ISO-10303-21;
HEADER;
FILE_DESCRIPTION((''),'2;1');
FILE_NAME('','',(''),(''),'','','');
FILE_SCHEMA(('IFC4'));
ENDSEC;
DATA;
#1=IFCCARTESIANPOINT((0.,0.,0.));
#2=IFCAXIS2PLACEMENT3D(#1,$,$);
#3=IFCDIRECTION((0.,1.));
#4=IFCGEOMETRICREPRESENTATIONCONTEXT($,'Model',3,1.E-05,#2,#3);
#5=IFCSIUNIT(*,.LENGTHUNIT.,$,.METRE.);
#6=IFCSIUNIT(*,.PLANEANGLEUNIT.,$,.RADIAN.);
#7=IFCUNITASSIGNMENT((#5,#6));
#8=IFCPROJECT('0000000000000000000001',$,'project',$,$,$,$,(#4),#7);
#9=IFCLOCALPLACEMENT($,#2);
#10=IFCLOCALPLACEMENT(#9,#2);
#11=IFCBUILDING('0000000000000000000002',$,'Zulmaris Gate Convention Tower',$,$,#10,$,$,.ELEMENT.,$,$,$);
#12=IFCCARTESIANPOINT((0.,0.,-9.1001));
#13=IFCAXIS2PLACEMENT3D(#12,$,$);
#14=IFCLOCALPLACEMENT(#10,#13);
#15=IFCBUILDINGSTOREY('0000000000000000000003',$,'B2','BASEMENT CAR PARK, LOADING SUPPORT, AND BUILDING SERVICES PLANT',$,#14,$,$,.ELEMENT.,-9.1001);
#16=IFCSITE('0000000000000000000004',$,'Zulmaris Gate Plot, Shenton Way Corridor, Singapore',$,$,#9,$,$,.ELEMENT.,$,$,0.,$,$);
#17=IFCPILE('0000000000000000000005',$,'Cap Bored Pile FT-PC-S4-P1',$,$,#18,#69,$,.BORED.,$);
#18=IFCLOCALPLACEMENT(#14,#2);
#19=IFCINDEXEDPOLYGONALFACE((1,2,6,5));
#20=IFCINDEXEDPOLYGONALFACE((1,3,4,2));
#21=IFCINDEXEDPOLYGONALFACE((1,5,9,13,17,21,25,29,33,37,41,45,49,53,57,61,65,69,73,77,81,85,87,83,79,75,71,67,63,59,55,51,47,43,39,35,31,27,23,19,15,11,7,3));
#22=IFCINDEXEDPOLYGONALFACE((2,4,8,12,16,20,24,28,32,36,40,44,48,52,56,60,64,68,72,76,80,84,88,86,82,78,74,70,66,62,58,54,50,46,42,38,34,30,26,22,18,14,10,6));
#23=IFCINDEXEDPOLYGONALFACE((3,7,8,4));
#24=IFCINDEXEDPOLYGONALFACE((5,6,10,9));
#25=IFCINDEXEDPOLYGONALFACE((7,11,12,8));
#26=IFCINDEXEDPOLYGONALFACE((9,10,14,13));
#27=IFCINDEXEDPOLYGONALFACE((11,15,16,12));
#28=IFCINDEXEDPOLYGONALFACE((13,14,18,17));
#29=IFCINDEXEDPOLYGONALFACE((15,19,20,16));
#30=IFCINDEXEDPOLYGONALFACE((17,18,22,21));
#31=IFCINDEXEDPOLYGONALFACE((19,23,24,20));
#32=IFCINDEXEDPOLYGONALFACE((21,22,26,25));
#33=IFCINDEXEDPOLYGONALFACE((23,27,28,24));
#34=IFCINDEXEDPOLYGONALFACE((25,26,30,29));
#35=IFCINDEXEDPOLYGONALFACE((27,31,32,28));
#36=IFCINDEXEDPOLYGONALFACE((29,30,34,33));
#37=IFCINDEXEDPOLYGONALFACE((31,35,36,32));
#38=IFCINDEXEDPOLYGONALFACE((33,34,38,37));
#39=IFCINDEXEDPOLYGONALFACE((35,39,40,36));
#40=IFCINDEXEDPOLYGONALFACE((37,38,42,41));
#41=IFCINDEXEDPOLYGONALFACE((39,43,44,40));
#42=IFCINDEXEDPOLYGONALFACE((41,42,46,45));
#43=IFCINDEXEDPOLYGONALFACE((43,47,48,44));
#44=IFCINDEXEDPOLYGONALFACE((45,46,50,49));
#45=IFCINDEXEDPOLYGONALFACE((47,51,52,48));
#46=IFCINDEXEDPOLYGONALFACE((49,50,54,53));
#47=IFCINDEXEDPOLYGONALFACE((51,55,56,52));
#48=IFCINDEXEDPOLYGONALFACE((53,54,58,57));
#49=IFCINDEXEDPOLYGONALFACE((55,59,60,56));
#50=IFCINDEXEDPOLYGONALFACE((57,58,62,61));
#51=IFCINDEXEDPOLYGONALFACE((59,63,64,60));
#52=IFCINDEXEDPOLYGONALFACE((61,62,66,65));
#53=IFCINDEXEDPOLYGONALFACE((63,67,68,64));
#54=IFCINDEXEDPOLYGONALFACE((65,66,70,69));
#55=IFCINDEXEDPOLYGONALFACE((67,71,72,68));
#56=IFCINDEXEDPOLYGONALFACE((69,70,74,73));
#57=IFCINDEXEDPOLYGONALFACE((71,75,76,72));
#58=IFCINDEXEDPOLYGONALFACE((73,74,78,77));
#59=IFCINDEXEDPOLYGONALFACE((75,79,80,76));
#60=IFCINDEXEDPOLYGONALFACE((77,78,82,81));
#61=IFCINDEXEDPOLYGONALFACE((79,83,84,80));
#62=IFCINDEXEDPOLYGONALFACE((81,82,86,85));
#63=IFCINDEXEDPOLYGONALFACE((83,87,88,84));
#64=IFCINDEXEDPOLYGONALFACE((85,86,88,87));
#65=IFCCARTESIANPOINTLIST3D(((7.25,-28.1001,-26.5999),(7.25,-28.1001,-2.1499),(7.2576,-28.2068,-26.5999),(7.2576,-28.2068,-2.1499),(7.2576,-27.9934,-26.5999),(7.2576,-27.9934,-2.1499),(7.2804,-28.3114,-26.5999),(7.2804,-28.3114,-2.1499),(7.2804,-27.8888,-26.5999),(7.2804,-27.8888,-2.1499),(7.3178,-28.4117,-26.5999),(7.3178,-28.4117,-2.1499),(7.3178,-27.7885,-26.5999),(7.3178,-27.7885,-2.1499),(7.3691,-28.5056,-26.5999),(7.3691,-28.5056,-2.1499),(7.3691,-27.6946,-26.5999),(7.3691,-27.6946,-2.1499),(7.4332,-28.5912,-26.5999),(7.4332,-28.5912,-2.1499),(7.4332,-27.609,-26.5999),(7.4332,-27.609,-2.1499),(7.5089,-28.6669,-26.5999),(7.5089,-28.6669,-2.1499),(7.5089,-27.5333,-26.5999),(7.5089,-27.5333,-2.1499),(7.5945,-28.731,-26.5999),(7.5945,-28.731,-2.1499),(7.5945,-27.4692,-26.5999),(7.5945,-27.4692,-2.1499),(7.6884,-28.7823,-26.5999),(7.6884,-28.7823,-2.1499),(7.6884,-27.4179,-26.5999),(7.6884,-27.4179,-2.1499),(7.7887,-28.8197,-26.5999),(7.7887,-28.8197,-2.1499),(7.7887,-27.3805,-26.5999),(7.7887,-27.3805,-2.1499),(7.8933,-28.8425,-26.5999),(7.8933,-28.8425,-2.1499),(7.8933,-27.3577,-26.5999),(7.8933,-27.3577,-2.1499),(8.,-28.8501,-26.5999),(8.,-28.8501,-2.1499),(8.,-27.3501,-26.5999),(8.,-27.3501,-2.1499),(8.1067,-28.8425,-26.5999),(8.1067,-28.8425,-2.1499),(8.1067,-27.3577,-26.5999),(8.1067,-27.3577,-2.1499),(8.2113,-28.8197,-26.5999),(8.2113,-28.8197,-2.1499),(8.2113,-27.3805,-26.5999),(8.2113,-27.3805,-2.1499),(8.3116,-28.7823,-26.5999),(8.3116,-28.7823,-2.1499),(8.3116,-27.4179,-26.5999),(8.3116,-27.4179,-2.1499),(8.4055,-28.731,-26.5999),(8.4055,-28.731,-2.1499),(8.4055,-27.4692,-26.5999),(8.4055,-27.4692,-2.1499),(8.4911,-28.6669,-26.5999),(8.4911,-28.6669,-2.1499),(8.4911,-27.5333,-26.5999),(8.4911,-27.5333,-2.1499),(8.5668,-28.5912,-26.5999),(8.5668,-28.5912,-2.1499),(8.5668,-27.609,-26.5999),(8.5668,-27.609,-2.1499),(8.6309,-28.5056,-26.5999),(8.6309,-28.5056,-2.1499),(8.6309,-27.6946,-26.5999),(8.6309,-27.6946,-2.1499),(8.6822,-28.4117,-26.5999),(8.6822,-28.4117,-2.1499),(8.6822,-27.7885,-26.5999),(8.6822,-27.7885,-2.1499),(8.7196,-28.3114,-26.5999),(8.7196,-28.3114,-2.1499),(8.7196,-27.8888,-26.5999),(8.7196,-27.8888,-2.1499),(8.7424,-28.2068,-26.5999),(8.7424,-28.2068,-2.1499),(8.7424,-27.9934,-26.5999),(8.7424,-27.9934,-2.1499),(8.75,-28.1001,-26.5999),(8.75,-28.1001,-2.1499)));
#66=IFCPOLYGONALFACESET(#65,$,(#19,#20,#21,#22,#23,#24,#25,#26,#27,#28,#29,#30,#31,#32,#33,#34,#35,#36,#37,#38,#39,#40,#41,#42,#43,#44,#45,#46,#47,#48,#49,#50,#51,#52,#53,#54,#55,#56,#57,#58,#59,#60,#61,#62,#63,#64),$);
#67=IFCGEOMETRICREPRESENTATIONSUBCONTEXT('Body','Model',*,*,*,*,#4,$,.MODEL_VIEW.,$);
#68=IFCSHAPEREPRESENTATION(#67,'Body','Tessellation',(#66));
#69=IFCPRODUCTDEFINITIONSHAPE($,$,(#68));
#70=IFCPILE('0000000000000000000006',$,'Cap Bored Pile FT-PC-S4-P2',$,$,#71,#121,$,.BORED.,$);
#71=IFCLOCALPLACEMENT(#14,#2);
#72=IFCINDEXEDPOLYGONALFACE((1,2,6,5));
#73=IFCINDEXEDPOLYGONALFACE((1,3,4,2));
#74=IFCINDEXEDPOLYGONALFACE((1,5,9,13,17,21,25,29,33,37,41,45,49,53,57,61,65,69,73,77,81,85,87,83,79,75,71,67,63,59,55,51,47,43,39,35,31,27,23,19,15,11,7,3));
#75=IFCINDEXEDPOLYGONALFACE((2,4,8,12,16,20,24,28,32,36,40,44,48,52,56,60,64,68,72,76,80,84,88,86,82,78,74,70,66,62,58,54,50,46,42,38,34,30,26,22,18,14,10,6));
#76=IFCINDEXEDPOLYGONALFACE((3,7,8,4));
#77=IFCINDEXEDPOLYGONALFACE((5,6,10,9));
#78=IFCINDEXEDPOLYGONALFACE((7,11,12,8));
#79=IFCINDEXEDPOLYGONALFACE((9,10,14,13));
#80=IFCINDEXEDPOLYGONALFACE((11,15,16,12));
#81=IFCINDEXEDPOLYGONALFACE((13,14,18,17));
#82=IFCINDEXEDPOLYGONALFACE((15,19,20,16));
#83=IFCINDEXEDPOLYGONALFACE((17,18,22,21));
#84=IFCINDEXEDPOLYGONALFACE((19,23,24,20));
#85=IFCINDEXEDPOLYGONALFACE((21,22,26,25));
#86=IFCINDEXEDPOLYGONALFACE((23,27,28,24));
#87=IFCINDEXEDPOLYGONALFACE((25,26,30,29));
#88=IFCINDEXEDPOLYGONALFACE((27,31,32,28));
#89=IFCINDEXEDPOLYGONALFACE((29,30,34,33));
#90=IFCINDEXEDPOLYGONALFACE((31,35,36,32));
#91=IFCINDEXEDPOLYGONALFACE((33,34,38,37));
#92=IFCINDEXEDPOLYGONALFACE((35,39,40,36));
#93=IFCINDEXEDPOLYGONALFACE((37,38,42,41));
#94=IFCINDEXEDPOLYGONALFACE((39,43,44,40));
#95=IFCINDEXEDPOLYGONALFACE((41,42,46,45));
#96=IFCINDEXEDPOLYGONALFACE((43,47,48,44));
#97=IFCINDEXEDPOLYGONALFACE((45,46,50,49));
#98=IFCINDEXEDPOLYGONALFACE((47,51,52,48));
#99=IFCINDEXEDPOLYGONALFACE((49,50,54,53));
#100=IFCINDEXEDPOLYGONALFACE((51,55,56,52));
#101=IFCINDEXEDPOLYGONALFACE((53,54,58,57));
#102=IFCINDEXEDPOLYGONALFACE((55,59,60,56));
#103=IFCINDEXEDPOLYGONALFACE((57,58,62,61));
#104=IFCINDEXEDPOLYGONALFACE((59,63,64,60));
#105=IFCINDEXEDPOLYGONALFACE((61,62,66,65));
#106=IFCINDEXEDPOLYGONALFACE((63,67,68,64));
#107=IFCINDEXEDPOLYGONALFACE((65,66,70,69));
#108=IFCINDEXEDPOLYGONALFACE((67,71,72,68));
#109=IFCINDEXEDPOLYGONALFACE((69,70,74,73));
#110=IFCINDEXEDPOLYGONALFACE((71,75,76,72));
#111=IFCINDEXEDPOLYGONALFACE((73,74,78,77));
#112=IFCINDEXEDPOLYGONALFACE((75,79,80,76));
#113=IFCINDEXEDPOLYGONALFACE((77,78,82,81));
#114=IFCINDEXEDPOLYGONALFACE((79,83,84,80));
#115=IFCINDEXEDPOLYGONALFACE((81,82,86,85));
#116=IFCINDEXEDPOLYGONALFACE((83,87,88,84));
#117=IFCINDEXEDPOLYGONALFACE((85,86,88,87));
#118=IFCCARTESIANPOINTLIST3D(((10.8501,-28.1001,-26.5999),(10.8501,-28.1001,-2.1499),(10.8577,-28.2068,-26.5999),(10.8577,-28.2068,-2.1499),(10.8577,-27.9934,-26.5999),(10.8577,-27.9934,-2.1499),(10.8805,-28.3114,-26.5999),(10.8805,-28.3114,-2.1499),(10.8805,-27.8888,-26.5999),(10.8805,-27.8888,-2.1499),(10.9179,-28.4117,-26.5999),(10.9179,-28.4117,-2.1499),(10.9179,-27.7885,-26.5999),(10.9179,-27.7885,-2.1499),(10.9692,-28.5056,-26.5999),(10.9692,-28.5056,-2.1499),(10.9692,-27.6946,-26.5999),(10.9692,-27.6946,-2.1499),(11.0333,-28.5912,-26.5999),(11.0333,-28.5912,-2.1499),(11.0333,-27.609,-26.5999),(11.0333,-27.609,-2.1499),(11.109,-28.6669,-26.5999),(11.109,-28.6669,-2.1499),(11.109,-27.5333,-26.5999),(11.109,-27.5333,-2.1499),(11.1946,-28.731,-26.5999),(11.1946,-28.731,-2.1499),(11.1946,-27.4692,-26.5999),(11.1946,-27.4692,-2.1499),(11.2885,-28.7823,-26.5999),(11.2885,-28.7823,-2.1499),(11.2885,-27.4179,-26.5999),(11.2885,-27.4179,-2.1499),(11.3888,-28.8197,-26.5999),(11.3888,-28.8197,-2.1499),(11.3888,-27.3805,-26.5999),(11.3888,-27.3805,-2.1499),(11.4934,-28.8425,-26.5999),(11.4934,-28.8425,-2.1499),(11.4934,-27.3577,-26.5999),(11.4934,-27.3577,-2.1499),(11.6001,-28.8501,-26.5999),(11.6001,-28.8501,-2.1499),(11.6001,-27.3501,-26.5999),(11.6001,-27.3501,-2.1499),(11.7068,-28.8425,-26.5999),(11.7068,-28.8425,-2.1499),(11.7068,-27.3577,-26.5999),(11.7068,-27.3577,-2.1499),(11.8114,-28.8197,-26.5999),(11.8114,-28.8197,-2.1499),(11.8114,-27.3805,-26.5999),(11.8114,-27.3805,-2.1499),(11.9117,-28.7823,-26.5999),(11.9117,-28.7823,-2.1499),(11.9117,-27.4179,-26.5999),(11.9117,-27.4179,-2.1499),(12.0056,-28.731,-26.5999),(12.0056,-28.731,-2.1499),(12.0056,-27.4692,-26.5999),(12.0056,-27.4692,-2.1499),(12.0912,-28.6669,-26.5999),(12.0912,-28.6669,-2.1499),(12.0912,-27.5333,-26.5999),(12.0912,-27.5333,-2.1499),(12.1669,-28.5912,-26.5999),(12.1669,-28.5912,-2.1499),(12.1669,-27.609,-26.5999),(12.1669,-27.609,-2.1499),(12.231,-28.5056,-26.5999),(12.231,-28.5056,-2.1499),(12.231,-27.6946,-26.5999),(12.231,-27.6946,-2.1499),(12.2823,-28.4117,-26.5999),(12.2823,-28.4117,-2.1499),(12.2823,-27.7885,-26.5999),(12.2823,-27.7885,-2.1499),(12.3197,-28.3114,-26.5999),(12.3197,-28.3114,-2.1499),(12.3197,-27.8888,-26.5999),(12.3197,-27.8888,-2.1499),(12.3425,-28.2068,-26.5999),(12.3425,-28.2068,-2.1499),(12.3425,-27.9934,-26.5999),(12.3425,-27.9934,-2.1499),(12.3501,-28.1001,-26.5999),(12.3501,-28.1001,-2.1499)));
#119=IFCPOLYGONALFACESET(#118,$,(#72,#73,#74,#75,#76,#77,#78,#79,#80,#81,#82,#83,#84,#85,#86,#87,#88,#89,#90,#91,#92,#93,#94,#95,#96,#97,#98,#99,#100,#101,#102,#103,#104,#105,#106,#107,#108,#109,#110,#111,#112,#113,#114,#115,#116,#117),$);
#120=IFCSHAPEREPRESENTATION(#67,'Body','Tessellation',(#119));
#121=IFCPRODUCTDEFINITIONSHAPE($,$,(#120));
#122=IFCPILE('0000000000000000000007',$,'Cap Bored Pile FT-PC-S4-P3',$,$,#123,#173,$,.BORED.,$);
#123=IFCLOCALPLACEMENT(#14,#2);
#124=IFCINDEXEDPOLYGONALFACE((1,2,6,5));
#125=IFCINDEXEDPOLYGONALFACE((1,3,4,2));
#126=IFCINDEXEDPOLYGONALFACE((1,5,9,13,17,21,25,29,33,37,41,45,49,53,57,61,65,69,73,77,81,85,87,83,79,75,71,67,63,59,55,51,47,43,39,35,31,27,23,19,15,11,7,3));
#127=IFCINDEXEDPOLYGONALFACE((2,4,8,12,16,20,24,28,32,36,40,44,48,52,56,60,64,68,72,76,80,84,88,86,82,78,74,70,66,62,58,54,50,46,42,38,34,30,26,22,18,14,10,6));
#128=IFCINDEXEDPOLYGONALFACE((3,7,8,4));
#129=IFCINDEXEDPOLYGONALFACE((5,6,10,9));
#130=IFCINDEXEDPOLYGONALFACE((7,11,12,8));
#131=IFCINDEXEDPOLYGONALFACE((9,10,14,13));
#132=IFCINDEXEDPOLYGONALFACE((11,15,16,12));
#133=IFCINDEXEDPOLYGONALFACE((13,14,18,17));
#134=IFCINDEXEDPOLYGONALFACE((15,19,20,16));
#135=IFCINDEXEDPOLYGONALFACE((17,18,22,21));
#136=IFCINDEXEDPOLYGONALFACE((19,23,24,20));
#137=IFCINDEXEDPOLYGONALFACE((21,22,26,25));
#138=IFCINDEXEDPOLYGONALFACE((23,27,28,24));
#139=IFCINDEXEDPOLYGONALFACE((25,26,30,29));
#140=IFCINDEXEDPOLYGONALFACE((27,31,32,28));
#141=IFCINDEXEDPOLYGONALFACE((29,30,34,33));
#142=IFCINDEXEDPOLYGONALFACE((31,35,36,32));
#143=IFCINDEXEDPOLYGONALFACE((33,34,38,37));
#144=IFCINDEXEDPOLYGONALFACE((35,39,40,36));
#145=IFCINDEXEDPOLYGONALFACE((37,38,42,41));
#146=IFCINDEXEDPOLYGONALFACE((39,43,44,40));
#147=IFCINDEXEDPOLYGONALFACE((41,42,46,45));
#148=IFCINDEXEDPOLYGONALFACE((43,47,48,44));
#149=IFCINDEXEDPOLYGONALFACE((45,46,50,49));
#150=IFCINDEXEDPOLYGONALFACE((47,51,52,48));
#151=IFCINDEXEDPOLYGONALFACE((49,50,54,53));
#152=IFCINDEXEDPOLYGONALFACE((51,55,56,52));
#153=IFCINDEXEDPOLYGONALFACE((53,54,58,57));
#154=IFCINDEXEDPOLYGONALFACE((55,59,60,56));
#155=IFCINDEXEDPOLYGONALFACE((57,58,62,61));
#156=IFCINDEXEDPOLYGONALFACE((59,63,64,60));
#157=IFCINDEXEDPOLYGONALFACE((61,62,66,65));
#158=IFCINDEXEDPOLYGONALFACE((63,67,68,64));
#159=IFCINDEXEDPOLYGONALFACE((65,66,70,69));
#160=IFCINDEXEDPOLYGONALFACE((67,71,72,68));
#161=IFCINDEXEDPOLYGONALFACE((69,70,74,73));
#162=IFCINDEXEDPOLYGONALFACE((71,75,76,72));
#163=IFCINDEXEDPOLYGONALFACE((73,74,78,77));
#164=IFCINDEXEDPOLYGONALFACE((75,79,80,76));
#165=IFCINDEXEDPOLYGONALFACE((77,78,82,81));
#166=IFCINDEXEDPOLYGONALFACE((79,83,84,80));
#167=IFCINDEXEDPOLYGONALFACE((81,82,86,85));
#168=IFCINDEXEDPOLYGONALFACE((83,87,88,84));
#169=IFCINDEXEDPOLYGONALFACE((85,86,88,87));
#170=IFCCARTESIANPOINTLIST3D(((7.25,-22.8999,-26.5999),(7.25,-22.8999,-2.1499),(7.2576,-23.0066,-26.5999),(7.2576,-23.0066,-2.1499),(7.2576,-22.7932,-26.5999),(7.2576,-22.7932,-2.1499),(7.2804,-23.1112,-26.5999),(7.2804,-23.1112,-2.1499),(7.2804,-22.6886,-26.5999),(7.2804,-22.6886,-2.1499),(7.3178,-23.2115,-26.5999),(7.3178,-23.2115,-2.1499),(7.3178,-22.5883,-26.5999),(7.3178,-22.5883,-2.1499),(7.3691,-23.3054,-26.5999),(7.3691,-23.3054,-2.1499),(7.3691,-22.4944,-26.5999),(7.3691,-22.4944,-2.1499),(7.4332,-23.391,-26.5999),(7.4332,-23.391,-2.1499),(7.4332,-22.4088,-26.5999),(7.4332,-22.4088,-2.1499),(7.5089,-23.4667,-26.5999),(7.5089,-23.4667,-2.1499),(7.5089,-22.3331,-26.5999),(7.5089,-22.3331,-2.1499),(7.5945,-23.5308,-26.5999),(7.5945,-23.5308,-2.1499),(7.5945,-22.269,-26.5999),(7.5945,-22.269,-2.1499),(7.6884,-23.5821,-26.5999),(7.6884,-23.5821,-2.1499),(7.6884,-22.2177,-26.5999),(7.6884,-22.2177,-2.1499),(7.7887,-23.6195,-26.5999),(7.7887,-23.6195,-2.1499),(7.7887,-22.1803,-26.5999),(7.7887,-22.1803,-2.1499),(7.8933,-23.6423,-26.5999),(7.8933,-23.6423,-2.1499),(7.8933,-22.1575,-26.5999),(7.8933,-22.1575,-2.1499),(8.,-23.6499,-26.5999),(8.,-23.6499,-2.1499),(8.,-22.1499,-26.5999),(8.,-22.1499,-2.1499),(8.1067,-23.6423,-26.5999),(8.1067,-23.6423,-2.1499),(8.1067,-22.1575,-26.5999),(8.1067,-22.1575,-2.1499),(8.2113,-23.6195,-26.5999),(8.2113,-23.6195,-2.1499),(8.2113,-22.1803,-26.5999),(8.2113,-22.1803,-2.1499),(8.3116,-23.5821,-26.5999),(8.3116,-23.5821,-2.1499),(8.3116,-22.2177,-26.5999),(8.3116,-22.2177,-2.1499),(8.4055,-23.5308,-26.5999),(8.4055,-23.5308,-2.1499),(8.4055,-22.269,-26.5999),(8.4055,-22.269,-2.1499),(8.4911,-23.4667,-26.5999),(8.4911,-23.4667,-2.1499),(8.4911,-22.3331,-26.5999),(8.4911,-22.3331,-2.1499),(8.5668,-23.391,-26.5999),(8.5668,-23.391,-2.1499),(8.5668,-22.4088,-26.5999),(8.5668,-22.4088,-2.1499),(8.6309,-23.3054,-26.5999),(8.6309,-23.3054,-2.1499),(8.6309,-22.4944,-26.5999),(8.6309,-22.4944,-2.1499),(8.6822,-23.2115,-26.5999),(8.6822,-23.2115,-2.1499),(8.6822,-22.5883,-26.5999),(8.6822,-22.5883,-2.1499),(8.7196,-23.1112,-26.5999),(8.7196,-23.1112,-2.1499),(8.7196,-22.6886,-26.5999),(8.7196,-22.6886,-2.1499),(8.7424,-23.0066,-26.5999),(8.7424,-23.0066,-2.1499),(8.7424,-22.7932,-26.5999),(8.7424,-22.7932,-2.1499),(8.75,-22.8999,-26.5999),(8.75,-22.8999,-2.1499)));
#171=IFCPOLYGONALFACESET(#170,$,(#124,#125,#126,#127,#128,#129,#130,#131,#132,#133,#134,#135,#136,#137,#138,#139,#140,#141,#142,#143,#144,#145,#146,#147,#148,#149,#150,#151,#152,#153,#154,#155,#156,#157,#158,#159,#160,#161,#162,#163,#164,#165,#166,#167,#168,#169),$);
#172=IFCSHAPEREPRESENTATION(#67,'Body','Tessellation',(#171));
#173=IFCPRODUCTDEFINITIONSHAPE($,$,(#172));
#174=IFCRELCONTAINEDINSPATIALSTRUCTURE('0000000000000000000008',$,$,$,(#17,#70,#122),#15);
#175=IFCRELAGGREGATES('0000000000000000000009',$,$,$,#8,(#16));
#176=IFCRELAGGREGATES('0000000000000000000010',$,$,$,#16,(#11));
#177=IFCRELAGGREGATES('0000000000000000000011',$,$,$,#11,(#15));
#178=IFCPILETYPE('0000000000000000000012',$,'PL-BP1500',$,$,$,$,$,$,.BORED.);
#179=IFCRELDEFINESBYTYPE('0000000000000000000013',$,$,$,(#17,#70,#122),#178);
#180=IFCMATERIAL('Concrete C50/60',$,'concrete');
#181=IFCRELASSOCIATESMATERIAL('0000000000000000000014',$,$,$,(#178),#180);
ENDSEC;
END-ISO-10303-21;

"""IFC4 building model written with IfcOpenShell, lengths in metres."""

from ifc_helpers import new_model, si_unit, direction, frame, origin, origin_2d, place, context, subcontext, project, spatial, circle, extrude, material, material_profile, profile_set, type_object, element, save


model = new_model("IFC4")

# Units and contexts
model_context = context("Model", 3, precision=1e-05, world=origin(), true_north=direction((0.0, 1.0)))
body_context = subcontext(model_context, "Body", "Model", "MODEL_VIEW")
ifc_project = project(units=[si_unit("LENGTHUNIT", "METRE"), si_unit("PLANEANGLEUNIT", "RADIAN")], contexts=[model_context])

# Site, building, storey
site_placement = place(None, origin())
site = spatial("IfcSite", under=ifc_project, at=site_placement, Name="Zulmaris Gate Plot, Shenton Way Corridor, Singapore", CompositionType="ELEMENT", RefElevation=0.0)
building_placement = place(site_placement, origin())
building = spatial("IfcBuilding", under=site, at=building_placement, Name="Zulmaris Gate Convention Tower", CompositionType="ELEMENT")
storey_placement = place(building_placement, frame((0.0, 0.0, -9.1001)))
storey = spatial("IfcBuildingStorey", under=building, at=storey_placement, Name="B2", Description="BASEMENT CAR PARK, LOADING SUPPORT, AND BUILDING SERVICES PLANT", CompositionType="ELEMENT", Elevation=-9.1001)

# Piles
ifc_material_1 = material(Name="Concrete C50/60", Category="concrete")
ifc_material_profile_1 = material_profile(ifc_material_1, circle(Radius=0.75, at=origin_2d()), Name="BORED PILE 1500")
ifc_profile_set_1 = profile_set([ifc_material_profile_1], Name="Concrete C50/60")
pile_type = type_object("IfcPileType", Name="PL-BP1500", PredefinedType="BORED", material=ifc_profile_set_1)
for number, where, z_axis, x_axis, name in (
    (1, (8.0, -28.1001, -2.1499), (0.0, 0.0, -1.0), (1.0, 0.0, 0.0), "Cap Bored Pile FT-PC-S4-P1"),
    (2, (11.6001, -28.1001, -2.1499), (0.0, 0.0, -1.0), (1.0, 0.0, 0.0), "Cap Bored Pile FT-PC-S4-P2"),
    (3, (8.0, -22.8999, -2.1499), (0.0, 0.0, -1.0), (1.0, 0.0, 0.0), "Cap Bored Pile FT-PC-S4-P3"),
):
    element("IfcPile", number, at=place(storey_placement, frame(where, z_axis=z_axis, x_axis=x_axis)), inside=storey, type_object=pile_type, Name=name, PredefinedType="BORED", context=body_context, shape_type="SweptSolid", body=[
        extrude(circle(Radius=0.75, at=origin_2d()), origin(), (0.0, 0.0, 1.0), 24.45),
    ])

save(model, "model.ifc")
